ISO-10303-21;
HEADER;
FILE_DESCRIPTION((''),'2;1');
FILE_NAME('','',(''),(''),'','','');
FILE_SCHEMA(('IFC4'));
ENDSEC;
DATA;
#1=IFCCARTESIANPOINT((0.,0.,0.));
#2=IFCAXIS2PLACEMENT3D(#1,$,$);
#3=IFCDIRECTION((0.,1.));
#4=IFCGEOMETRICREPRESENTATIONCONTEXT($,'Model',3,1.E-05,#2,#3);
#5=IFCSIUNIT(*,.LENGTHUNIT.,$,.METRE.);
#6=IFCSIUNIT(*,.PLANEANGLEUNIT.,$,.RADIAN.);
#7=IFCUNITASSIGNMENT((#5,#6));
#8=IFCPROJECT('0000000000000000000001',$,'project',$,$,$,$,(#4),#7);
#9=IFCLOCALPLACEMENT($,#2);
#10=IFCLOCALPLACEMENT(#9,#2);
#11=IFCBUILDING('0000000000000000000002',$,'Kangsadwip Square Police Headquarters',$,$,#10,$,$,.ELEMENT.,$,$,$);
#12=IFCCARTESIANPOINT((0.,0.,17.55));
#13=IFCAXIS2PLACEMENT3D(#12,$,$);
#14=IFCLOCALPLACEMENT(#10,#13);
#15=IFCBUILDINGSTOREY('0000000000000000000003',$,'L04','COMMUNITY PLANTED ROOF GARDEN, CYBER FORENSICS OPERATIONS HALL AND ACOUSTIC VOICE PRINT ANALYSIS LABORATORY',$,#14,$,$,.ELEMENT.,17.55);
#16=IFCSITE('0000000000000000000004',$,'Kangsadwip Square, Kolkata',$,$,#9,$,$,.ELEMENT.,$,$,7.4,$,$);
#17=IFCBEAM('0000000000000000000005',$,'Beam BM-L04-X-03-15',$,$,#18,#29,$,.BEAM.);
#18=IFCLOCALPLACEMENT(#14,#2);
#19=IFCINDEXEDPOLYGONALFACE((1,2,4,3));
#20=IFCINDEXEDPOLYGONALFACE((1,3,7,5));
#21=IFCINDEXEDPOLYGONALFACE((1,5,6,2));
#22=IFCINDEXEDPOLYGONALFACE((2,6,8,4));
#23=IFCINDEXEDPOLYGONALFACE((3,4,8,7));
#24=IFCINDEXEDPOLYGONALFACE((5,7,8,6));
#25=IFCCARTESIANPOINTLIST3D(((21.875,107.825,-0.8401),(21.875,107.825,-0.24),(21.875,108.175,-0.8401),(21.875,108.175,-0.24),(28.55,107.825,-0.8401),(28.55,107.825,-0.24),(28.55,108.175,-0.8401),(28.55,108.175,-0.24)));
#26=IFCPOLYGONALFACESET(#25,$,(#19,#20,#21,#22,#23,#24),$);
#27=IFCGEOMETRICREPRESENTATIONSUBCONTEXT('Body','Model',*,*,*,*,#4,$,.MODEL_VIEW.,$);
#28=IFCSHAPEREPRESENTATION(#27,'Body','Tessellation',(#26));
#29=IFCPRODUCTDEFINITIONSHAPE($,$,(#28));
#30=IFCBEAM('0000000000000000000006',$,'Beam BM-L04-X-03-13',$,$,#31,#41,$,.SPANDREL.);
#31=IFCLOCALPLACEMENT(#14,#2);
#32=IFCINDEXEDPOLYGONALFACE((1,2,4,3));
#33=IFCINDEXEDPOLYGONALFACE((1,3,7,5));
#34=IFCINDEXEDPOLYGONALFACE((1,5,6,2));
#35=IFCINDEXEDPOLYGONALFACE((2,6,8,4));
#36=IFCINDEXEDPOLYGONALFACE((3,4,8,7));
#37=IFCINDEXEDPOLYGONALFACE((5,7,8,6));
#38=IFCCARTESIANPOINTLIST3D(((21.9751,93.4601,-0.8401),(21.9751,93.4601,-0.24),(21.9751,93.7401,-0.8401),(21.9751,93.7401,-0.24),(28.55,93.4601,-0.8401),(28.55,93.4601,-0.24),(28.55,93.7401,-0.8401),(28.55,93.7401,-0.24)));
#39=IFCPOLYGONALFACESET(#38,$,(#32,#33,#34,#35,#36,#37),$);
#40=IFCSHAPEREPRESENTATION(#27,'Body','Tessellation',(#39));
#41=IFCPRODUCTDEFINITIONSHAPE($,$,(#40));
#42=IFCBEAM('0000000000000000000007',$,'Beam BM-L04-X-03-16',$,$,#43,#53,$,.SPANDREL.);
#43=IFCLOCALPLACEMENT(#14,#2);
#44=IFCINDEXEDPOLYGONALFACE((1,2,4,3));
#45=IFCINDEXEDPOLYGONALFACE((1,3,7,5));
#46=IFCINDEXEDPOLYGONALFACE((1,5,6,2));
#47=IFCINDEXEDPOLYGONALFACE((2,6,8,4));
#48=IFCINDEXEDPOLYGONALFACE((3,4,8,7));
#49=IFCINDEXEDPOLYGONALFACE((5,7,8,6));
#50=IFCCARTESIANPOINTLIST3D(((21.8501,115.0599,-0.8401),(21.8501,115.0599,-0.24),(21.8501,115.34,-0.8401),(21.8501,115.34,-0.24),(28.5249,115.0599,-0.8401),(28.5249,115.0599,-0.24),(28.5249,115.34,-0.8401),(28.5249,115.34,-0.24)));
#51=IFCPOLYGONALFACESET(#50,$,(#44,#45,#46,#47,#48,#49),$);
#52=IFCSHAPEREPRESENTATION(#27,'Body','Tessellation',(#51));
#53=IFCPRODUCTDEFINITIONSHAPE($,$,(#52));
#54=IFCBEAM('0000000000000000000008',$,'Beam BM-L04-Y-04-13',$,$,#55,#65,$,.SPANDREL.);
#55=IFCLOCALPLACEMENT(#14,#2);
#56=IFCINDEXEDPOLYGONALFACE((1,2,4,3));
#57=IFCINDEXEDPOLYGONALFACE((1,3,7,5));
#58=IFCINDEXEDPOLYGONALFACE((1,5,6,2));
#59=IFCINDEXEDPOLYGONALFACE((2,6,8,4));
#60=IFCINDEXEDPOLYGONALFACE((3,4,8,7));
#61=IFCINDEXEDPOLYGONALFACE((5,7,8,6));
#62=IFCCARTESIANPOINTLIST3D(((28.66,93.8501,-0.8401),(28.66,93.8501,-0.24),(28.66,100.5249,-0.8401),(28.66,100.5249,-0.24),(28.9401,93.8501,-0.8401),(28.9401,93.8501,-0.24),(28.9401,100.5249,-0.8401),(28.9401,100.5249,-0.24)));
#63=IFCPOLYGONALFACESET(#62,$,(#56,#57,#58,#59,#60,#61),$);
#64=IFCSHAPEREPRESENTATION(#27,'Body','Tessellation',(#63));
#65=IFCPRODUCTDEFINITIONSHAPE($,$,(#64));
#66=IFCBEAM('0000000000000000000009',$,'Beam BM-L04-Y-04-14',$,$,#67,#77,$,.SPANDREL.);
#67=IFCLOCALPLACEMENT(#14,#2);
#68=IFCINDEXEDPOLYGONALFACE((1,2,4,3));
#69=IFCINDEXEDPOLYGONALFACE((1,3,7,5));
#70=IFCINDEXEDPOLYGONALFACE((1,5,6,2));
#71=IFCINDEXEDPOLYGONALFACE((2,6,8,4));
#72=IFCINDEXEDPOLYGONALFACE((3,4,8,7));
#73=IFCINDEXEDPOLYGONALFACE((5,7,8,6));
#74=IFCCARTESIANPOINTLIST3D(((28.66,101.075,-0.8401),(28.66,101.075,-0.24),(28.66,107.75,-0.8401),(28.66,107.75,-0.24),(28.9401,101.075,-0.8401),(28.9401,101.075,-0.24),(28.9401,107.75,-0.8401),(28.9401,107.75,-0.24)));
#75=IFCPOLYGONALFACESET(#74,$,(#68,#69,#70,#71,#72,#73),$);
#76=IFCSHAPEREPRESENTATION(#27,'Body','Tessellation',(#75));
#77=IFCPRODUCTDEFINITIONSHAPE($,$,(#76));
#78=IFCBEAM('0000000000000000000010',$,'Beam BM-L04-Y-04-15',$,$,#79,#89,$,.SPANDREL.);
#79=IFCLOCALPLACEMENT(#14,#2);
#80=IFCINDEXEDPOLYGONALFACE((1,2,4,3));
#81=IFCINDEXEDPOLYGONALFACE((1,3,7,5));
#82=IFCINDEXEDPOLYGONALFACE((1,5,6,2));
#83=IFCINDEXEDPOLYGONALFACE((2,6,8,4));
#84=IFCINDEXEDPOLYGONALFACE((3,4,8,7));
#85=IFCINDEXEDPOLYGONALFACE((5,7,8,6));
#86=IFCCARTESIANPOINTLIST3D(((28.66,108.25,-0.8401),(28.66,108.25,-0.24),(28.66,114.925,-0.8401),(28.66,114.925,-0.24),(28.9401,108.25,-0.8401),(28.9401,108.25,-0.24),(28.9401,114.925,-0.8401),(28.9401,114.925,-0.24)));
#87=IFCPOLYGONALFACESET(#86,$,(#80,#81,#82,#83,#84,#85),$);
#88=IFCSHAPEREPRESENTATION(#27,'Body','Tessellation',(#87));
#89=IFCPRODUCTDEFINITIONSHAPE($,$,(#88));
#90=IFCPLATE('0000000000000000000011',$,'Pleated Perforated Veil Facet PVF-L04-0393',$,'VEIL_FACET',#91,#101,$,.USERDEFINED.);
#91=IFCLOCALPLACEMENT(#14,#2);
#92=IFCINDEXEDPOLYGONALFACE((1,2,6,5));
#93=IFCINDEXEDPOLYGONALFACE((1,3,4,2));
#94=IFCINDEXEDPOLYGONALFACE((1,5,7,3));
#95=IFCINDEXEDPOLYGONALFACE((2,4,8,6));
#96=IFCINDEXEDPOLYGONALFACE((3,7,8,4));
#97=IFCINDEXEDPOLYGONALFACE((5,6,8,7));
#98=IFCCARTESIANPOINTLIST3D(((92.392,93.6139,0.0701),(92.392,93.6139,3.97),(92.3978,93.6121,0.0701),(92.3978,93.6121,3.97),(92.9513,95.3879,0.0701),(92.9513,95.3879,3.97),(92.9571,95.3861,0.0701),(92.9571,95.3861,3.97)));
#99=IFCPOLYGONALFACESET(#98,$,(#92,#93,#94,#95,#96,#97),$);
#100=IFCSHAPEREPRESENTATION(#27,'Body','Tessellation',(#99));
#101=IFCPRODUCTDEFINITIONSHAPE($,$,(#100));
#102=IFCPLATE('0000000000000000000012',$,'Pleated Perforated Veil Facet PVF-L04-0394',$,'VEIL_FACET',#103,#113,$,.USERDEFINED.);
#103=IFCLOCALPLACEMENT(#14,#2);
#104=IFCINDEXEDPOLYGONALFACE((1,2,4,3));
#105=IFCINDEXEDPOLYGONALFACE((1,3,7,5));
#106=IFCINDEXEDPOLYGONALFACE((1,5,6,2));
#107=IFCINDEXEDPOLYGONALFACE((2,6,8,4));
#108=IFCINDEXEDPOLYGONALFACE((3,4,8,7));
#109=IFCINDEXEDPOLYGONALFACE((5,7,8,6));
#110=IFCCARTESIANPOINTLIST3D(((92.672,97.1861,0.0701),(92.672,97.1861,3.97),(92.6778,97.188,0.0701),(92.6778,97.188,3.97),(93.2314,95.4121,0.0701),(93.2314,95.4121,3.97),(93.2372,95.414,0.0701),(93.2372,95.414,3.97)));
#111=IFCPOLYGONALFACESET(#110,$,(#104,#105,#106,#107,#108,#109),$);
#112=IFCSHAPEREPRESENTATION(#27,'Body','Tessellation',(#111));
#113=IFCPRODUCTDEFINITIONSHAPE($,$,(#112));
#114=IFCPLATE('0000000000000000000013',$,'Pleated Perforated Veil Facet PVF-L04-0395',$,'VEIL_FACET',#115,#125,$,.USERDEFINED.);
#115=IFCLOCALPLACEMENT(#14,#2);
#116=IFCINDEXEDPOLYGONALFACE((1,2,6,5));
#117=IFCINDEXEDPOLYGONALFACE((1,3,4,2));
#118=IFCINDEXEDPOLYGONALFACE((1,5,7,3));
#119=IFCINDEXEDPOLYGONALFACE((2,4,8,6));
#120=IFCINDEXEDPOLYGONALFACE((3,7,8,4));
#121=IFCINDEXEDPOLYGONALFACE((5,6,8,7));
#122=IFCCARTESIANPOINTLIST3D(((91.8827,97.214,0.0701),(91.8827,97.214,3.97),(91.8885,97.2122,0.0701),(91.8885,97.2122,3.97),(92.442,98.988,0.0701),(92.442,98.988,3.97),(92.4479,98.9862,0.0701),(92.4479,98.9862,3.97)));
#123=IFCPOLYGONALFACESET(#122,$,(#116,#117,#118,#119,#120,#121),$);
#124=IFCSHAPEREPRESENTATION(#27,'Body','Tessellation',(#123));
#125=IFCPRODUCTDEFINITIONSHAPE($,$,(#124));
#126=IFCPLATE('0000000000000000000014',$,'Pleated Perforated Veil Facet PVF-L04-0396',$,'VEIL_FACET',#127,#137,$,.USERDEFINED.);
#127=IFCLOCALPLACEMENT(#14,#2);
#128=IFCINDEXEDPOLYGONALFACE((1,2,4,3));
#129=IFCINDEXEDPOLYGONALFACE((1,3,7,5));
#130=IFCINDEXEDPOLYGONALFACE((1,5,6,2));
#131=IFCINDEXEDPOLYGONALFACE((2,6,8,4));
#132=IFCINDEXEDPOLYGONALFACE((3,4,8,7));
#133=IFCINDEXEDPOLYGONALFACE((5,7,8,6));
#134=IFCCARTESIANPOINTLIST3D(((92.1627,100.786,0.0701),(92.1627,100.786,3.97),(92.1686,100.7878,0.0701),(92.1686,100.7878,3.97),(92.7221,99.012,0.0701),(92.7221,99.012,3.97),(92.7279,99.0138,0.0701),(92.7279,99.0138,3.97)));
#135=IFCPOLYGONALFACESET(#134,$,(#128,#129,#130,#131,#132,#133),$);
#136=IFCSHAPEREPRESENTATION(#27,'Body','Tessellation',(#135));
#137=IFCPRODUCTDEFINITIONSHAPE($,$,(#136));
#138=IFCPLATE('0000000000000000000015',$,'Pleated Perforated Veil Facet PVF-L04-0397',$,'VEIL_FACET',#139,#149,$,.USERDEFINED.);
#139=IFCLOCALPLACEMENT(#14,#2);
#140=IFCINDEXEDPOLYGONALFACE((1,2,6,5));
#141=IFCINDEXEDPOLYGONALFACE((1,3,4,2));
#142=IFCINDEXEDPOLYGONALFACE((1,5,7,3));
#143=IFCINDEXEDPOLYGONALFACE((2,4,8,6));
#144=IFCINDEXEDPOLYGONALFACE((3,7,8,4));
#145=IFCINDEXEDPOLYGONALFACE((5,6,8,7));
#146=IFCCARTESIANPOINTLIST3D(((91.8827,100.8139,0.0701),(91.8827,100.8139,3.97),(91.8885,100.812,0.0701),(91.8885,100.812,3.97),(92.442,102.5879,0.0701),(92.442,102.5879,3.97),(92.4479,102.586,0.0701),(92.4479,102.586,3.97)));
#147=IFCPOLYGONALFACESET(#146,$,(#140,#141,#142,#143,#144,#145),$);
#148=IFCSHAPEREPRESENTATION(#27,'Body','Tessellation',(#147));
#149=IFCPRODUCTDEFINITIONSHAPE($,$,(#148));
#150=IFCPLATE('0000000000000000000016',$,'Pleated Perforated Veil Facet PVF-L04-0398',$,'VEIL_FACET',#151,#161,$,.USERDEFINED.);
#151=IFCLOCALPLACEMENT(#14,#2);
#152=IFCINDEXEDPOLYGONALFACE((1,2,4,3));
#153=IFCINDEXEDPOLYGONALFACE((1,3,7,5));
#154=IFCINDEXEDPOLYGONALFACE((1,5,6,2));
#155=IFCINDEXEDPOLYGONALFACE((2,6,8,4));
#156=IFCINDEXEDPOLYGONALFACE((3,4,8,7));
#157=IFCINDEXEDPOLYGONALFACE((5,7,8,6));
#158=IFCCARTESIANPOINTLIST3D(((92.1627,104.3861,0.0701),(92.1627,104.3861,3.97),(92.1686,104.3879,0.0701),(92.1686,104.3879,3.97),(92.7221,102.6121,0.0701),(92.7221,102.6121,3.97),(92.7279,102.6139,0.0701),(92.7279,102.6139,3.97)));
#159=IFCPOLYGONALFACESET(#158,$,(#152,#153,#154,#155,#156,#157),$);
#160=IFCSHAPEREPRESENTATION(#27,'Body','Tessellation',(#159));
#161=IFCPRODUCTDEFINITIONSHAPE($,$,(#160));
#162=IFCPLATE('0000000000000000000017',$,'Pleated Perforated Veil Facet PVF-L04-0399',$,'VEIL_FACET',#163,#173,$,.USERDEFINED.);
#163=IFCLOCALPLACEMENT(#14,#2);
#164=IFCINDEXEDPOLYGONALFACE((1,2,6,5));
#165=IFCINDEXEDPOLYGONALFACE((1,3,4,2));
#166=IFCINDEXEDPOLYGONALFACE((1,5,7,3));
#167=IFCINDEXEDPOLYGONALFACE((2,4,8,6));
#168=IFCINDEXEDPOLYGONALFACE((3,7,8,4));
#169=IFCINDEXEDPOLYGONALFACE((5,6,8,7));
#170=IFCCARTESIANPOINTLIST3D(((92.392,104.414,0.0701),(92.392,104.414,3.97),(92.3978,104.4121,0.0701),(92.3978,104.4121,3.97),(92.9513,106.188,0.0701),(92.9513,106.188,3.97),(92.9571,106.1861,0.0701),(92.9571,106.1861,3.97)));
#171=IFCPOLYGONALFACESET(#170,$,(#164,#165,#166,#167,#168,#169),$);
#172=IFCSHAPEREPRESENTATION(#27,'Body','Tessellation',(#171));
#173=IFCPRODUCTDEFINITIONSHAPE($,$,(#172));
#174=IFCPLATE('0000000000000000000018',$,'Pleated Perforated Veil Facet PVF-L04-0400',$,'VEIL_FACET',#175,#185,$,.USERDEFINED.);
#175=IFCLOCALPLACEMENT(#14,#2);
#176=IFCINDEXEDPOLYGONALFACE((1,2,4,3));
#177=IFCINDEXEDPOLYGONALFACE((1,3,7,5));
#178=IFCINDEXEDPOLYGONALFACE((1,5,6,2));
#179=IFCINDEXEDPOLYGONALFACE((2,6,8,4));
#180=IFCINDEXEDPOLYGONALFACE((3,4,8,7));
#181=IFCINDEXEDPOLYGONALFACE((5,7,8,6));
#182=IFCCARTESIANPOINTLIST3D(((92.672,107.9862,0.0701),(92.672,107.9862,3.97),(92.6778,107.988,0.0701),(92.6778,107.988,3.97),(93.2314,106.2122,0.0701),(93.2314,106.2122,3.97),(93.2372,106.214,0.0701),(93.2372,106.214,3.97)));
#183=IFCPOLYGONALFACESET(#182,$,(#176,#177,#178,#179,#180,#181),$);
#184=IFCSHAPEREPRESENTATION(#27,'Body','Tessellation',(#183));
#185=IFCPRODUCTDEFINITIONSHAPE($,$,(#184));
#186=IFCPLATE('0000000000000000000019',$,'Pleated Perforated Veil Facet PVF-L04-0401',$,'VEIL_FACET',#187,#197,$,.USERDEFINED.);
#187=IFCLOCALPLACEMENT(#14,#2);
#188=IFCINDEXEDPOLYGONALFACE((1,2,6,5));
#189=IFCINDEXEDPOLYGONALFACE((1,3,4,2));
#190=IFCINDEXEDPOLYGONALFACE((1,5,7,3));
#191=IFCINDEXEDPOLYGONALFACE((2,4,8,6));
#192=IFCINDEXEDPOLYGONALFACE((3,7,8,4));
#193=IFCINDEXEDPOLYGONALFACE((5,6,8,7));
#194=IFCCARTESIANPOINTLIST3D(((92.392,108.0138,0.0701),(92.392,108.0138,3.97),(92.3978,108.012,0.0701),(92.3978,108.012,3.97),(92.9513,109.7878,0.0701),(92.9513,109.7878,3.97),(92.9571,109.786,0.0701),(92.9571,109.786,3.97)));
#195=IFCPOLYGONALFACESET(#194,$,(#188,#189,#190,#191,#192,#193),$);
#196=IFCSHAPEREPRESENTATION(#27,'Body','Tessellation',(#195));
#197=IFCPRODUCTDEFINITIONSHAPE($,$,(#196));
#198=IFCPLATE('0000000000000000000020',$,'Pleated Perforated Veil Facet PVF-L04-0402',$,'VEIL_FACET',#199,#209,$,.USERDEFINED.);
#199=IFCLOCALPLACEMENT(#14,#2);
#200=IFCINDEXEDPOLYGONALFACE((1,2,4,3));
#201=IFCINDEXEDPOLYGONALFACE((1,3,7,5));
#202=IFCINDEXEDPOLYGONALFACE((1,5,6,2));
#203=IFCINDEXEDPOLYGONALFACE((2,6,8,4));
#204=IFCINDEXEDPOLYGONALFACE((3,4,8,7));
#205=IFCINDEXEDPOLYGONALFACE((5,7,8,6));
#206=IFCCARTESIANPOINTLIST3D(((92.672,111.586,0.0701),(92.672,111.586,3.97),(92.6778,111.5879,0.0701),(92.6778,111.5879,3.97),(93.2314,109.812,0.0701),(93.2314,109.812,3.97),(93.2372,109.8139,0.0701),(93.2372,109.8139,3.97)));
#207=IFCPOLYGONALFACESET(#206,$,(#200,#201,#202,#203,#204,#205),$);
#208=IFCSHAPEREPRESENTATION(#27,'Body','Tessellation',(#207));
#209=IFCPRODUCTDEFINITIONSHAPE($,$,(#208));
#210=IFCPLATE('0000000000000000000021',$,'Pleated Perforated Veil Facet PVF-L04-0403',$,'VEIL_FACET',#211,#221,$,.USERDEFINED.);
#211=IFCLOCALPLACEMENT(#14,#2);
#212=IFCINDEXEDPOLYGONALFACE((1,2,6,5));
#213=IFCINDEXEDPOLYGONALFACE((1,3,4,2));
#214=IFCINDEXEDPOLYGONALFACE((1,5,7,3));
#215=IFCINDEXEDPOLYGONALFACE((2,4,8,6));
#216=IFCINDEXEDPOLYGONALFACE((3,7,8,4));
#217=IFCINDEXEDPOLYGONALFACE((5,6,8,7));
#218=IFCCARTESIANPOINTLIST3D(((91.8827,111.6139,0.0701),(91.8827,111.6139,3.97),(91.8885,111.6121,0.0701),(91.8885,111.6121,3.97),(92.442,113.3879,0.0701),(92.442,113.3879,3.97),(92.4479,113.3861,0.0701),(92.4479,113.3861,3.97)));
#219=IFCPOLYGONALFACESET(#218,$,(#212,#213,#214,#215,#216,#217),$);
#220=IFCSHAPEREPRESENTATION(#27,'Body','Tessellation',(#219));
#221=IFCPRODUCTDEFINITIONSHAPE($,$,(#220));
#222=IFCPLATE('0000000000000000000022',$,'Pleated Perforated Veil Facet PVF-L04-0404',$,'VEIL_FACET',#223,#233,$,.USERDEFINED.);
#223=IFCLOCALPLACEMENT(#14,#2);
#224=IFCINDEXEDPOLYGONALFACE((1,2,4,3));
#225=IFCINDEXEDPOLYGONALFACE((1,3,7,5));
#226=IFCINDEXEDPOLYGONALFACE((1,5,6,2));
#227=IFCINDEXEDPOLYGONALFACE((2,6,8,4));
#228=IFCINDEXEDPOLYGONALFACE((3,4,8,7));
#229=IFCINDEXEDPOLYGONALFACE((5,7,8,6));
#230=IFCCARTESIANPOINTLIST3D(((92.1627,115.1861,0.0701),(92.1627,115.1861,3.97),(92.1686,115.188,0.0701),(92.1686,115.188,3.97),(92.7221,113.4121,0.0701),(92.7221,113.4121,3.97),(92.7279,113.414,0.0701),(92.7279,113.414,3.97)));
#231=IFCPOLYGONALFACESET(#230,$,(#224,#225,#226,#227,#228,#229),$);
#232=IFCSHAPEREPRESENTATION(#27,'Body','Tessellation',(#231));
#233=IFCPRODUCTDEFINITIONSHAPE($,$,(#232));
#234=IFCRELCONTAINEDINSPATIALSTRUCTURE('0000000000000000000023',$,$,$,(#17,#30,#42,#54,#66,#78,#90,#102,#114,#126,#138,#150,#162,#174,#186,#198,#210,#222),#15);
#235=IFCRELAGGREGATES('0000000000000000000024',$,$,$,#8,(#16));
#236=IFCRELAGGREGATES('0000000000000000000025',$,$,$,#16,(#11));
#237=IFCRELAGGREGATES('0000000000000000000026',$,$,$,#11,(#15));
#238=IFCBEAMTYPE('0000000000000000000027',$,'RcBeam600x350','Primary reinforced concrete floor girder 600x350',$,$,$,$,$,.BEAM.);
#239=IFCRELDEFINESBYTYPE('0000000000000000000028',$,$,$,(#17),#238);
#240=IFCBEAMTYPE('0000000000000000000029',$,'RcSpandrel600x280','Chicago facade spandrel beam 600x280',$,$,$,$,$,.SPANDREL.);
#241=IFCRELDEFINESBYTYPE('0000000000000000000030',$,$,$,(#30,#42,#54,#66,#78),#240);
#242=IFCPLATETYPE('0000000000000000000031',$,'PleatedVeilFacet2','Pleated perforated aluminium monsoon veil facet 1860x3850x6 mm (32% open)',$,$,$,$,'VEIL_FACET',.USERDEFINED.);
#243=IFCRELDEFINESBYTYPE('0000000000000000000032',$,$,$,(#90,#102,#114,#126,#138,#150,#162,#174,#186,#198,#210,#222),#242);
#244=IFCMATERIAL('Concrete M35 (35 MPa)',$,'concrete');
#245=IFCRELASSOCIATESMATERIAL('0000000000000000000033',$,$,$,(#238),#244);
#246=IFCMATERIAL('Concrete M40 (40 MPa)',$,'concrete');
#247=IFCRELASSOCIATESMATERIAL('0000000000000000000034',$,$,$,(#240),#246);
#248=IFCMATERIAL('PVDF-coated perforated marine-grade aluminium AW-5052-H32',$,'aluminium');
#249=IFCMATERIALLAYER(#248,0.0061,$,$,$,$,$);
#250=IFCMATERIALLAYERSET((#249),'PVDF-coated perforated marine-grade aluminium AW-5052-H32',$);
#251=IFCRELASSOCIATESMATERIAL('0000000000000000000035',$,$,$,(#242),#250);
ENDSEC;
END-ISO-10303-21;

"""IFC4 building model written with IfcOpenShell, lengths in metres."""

from ifc_helpers import new_model, si_unit, direction, frame, origin, origin_2d, place, context, subcontext, project, spatial, rectangle, extrude, material, layer, layer_set, material_profile, profile_set, type_object, element, save


model = new_model("IFC4")

# Units and contexts
model_context = context("Model", 3, precision=1e-05, world=origin(), true_north=direction((0.0, 1.0)))
body_context = subcontext(model_context, "Body", "Model", "MODEL_VIEW")
ifc_project = project(units=[si_unit("LENGTHUNIT", "METRE"), si_unit("PLANEANGLEUNIT", "RADIAN")], contexts=[model_context])

# Site, building, storey
site_placement = place(None, origin())
site = spatial("IfcSite", under=ifc_project, at=site_placement, Name="Kangsadwip Square, Kolkata", CompositionType="ELEMENT", RefElevation=7.4)
building_placement = place(site_placement, origin())
building = spatial("IfcBuilding", under=site, at=building_placement, Name="Kangsadwip Square Police Headquarters", CompositionType="ELEMENT")
storey_placement = place(building_placement, frame((0.0, 0.0, 17.55)))
storey = spatial("IfcBuildingStorey", under=building, at=storey_placement, Name="L04", Description="COMMUNITY PLANTED ROOF GARDEN, CYBER FORENSICS OPERATIONS HALL AND ACOUSTIC VOICE PRINT ANALYSIS LABORATORY", CompositionType="ELEMENT", Elevation=17.55)

# Beams
ifc_material_1 = material(Name="Concrete M35 (35 MPa)", Category="concrete")
ifc_material_profile_1 = material_profile(ifc_material_1, rectangle(XDim=0.3501, YDim=0.6001, at=origin_2d()), Name="RC BM 600X350")
ifc_profile_set_1 = profile_set([ifc_material_profile_1], Name="Concrete M35 (35 MPa)")
beam_type_1 = type_object("IfcBeamType", Name="RcBeam600x350", Description="Primary reinforced concrete floor girder 600x350", PredefinedType="BEAM", material=ifc_profile_set_1)
beam_1_placement = place(storey_placement, frame((21.875, 108.0, -0.54), z_axis=(1.0, 0.0, 0.0), x_axis=(0.0, 1.0, 0.0)))
element("IfcBeam", 1, at=beam_1_placement, inside=storey, type_object=beam_type_1, Name="Beam BM-L04-X-03-15", PredefinedType="BEAM", context=body_context, shape_type="SweptSolid", body=[
    extrude(rectangle(XDim=0.3501, YDim=0.6001, at=origin_2d()), origin(), (0.0, 0.0, 1.0), 6.675),
])
ifc_material_2 = material(Name="Concrete M40 (40 MPa)", Category="concrete")
ifc_material_profile_2 = material_profile(ifc_material_2, rectangle(XDim=0.28, YDim=0.6001, at=origin_2d()), Name="RC SPN 600X280")
ifc_profile_set_2 = profile_set([ifc_material_profile_2], Name="Concrete M40 (40 MPa)")
beam_type_2 = type_object("IfcBeamType", Name="RcSpandrel600x280", Description="Chicago facade spandrel beam 600x280", PredefinedType="SPANDREL", material=ifc_profile_set_2)
beam_2_placement = place(storey_placement, frame((21.9751, 93.6001, -0.54), z_axis=(1.0, 0.0, 0.0), x_axis=(0.0, 1.0, 0.0)))
element("IfcBeam", 2, at=beam_2_placement, inside=storey, type_object=beam_type_2, Name="Beam BM-L04-X-03-13", PredefinedType="SPANDREL", context=body_context, shape_type="SweptSolid", body=[
    extrude(rectangle(XDim=0.28, YDim=0.6001, at=origin_2d()), origin(), (0.0, 0.0, 1.0), 6.575),
])
for number, where, z_axis, x_axis, name in (
    (3, (21.8501, 115.2, -0.54), (1.0, 0.0, 0.0), (0.0, 1.0, 0.0), "Beam BM-L04-X-03-16"),
    (4, (28.8, 93.8501, -0.54), (0.0, 1.0, 0.0), (-1.0, 0.0, 0.0), "Beam BM-L04-Y-04-13"),
):
    element("IfcBeam", number, at=place(storey_placement, frame(where, z_axis=z_axis, x_axis=x_axis)), inside=storey, type_object=beam_type_2, Name=name, PredefinedType="SPANDREL", context=body_context, shape_type="SweptSolid", body=[
        extrude(rectangle(XDim=0.28, YDim=0.6001, at=origin_2d()), origin(), (0.0, 0.0, 1.0), 6.6748),
    ])
for number, where, z_axis, x_axis, name in (
    (5, (28.8, 101.075, -0.54), (0.0, 1.0, 0.0), (-1.0, 0.0, 0.0), "Beam BM-L04-Y-04-14"),
    (6, (28.8, 108.25, -0.54), (0.0, 1.0, 0.0), (-1.0, 0.0, 0.0), "Beam BM-L04-Y-04-15"),
):
    element("IfcBeam", number, at=place(storey_placement, frame(where, z_axis=z_axis, x_axis=x_axis)), inside=storey, type_object=beam_type_2, Name=name, PredefinedType="SPANDREL", context=body_context, shape_type="SweptSolid", body=[
        extrude(rectangle(XDim=0.28, YDim=0.6001, at=origin_2d()), origin(), (0.0, 0.0, 1.0), 6.675),
    ])

# Plates
ifc_material_3 = material(Name="PVDF-coated perforated marine-grade aluminium AW-5052-H32", Category="aluminium")
ifc_layer = layer(ifc_material_3, 0.0061)
ifc_layer_set = layer_set([ifc_layer], Name="PVDF-coated perforated marine-grade aluminium AW-5052-H32")
plate_type = type_object("IfcPlateType", Name="PleatedVeilFacet2", Description="Pleated perforated aluminium monsoon veil facet 1860x3850x6 mm (32% open)", ElementType="VEIL_FACET", PredefinedType="USERDEFINED", material=ifc_layer_set)
for number, where, z_axis, x_axis, name in (
    (7, (92.6746, 94.5, 0.0701), (0.0, 0.0, 1.0), (0.300706, 0.953717, 0.0), "Pleated Perforated Veil Facet PVF-L04-0393"),
    (8, (92.9546, 96.3, 0.0701), (0.0, 0.0, 1.0), (-0.300706, 0.953717, 0.0), "Pleated Perforated Veil Facet PVF-L04-0394"),
    (9, (92.1653, 98.1001, 0.0701), (0.0, 0.0, 1.0), (0.300706, 0.953717, 0.0), "Pleated Perforated Veil Facet PVF-L04-0395"),
    (10, (92.4453, 99.8999, 0.0701), (0.0, 0.0, 1.0), (-0.300706, 0.953717, 0.0), "Pleated Perforated Veil Facet PVF-L04-0396"),
    (11, (92.1653, 101.7, 0.0701), (0.0, 0.0, 1.0), (0.300706, 0.953717, 0.0), "Pleated Perforated Veil Facet PVF-L04-0397"),
    (12, (92.4453, 103.5, 0.0701), (0.0, 0.0, 1.0), (-0.300706, 0.953717, 0.0), "Pleated Perforated Veil Facet PVF-L04-0398"),
    (13, (92.6746, 105.3, 0.0701), (0.0, 0.0, 1.0), (0.300706, 0.953717, 0.0), "Pleated Perforated Veil Facet PVF-L04-0399"),
    (14, (92.9546, 107.1001, 0.0701), (0.0, 0.0, 1.0), (-0.300706, 0.953717, 0.0), "Pleated Perforated Veil Facet PVF-L04-0400"),
    (15, (92.6746, 108.8999, 0.0701), (0.0, 0.0, 1.0), (0.300706, 0.953717, 0.0), "Pleated Perforated Veil Facet PVF-L04-0401"),
    (16, (92.9546, 110.7, 0.0701), (0.0, 0.0, 1.0), (-0.300706, 0.953717, 0.0), "Pleated Perforated Veil Facet PVF-L04-0402"),
    (17, (92.1653, 112.5, 0.0701), (0.0, 0.0, 1.0), (0.300706, 0.953717, 0.0), "Pleated Perforated Veil Facet PVF-L04-0403"),
    (18, (92.4453, 114.3, 0.0701), (0.0, 0.0, 1.0), (-0.300706, 0.953717, 0.0), "Pleated Perforated Veil Facet PVF-L04-0404"),
):
    element("IfcPlate", number, at=place(storey_placement, frame(where, z_axis=z_axis, x_axis=x_axis)), inside=storey, type_object=plate_type, Name=name, ObjectType="VEIL_FACET", PredefinedType="USERDEFINED", context=body_context, shape_type="SweptSolid", body=[
        extrude(rectangle(XDim=1.8601, YDim=0.0061, at=origin_2d()), origin(), (0.0, 0.0, 1.0), 3.8999),
    ])

save(model, "model.ifc")
